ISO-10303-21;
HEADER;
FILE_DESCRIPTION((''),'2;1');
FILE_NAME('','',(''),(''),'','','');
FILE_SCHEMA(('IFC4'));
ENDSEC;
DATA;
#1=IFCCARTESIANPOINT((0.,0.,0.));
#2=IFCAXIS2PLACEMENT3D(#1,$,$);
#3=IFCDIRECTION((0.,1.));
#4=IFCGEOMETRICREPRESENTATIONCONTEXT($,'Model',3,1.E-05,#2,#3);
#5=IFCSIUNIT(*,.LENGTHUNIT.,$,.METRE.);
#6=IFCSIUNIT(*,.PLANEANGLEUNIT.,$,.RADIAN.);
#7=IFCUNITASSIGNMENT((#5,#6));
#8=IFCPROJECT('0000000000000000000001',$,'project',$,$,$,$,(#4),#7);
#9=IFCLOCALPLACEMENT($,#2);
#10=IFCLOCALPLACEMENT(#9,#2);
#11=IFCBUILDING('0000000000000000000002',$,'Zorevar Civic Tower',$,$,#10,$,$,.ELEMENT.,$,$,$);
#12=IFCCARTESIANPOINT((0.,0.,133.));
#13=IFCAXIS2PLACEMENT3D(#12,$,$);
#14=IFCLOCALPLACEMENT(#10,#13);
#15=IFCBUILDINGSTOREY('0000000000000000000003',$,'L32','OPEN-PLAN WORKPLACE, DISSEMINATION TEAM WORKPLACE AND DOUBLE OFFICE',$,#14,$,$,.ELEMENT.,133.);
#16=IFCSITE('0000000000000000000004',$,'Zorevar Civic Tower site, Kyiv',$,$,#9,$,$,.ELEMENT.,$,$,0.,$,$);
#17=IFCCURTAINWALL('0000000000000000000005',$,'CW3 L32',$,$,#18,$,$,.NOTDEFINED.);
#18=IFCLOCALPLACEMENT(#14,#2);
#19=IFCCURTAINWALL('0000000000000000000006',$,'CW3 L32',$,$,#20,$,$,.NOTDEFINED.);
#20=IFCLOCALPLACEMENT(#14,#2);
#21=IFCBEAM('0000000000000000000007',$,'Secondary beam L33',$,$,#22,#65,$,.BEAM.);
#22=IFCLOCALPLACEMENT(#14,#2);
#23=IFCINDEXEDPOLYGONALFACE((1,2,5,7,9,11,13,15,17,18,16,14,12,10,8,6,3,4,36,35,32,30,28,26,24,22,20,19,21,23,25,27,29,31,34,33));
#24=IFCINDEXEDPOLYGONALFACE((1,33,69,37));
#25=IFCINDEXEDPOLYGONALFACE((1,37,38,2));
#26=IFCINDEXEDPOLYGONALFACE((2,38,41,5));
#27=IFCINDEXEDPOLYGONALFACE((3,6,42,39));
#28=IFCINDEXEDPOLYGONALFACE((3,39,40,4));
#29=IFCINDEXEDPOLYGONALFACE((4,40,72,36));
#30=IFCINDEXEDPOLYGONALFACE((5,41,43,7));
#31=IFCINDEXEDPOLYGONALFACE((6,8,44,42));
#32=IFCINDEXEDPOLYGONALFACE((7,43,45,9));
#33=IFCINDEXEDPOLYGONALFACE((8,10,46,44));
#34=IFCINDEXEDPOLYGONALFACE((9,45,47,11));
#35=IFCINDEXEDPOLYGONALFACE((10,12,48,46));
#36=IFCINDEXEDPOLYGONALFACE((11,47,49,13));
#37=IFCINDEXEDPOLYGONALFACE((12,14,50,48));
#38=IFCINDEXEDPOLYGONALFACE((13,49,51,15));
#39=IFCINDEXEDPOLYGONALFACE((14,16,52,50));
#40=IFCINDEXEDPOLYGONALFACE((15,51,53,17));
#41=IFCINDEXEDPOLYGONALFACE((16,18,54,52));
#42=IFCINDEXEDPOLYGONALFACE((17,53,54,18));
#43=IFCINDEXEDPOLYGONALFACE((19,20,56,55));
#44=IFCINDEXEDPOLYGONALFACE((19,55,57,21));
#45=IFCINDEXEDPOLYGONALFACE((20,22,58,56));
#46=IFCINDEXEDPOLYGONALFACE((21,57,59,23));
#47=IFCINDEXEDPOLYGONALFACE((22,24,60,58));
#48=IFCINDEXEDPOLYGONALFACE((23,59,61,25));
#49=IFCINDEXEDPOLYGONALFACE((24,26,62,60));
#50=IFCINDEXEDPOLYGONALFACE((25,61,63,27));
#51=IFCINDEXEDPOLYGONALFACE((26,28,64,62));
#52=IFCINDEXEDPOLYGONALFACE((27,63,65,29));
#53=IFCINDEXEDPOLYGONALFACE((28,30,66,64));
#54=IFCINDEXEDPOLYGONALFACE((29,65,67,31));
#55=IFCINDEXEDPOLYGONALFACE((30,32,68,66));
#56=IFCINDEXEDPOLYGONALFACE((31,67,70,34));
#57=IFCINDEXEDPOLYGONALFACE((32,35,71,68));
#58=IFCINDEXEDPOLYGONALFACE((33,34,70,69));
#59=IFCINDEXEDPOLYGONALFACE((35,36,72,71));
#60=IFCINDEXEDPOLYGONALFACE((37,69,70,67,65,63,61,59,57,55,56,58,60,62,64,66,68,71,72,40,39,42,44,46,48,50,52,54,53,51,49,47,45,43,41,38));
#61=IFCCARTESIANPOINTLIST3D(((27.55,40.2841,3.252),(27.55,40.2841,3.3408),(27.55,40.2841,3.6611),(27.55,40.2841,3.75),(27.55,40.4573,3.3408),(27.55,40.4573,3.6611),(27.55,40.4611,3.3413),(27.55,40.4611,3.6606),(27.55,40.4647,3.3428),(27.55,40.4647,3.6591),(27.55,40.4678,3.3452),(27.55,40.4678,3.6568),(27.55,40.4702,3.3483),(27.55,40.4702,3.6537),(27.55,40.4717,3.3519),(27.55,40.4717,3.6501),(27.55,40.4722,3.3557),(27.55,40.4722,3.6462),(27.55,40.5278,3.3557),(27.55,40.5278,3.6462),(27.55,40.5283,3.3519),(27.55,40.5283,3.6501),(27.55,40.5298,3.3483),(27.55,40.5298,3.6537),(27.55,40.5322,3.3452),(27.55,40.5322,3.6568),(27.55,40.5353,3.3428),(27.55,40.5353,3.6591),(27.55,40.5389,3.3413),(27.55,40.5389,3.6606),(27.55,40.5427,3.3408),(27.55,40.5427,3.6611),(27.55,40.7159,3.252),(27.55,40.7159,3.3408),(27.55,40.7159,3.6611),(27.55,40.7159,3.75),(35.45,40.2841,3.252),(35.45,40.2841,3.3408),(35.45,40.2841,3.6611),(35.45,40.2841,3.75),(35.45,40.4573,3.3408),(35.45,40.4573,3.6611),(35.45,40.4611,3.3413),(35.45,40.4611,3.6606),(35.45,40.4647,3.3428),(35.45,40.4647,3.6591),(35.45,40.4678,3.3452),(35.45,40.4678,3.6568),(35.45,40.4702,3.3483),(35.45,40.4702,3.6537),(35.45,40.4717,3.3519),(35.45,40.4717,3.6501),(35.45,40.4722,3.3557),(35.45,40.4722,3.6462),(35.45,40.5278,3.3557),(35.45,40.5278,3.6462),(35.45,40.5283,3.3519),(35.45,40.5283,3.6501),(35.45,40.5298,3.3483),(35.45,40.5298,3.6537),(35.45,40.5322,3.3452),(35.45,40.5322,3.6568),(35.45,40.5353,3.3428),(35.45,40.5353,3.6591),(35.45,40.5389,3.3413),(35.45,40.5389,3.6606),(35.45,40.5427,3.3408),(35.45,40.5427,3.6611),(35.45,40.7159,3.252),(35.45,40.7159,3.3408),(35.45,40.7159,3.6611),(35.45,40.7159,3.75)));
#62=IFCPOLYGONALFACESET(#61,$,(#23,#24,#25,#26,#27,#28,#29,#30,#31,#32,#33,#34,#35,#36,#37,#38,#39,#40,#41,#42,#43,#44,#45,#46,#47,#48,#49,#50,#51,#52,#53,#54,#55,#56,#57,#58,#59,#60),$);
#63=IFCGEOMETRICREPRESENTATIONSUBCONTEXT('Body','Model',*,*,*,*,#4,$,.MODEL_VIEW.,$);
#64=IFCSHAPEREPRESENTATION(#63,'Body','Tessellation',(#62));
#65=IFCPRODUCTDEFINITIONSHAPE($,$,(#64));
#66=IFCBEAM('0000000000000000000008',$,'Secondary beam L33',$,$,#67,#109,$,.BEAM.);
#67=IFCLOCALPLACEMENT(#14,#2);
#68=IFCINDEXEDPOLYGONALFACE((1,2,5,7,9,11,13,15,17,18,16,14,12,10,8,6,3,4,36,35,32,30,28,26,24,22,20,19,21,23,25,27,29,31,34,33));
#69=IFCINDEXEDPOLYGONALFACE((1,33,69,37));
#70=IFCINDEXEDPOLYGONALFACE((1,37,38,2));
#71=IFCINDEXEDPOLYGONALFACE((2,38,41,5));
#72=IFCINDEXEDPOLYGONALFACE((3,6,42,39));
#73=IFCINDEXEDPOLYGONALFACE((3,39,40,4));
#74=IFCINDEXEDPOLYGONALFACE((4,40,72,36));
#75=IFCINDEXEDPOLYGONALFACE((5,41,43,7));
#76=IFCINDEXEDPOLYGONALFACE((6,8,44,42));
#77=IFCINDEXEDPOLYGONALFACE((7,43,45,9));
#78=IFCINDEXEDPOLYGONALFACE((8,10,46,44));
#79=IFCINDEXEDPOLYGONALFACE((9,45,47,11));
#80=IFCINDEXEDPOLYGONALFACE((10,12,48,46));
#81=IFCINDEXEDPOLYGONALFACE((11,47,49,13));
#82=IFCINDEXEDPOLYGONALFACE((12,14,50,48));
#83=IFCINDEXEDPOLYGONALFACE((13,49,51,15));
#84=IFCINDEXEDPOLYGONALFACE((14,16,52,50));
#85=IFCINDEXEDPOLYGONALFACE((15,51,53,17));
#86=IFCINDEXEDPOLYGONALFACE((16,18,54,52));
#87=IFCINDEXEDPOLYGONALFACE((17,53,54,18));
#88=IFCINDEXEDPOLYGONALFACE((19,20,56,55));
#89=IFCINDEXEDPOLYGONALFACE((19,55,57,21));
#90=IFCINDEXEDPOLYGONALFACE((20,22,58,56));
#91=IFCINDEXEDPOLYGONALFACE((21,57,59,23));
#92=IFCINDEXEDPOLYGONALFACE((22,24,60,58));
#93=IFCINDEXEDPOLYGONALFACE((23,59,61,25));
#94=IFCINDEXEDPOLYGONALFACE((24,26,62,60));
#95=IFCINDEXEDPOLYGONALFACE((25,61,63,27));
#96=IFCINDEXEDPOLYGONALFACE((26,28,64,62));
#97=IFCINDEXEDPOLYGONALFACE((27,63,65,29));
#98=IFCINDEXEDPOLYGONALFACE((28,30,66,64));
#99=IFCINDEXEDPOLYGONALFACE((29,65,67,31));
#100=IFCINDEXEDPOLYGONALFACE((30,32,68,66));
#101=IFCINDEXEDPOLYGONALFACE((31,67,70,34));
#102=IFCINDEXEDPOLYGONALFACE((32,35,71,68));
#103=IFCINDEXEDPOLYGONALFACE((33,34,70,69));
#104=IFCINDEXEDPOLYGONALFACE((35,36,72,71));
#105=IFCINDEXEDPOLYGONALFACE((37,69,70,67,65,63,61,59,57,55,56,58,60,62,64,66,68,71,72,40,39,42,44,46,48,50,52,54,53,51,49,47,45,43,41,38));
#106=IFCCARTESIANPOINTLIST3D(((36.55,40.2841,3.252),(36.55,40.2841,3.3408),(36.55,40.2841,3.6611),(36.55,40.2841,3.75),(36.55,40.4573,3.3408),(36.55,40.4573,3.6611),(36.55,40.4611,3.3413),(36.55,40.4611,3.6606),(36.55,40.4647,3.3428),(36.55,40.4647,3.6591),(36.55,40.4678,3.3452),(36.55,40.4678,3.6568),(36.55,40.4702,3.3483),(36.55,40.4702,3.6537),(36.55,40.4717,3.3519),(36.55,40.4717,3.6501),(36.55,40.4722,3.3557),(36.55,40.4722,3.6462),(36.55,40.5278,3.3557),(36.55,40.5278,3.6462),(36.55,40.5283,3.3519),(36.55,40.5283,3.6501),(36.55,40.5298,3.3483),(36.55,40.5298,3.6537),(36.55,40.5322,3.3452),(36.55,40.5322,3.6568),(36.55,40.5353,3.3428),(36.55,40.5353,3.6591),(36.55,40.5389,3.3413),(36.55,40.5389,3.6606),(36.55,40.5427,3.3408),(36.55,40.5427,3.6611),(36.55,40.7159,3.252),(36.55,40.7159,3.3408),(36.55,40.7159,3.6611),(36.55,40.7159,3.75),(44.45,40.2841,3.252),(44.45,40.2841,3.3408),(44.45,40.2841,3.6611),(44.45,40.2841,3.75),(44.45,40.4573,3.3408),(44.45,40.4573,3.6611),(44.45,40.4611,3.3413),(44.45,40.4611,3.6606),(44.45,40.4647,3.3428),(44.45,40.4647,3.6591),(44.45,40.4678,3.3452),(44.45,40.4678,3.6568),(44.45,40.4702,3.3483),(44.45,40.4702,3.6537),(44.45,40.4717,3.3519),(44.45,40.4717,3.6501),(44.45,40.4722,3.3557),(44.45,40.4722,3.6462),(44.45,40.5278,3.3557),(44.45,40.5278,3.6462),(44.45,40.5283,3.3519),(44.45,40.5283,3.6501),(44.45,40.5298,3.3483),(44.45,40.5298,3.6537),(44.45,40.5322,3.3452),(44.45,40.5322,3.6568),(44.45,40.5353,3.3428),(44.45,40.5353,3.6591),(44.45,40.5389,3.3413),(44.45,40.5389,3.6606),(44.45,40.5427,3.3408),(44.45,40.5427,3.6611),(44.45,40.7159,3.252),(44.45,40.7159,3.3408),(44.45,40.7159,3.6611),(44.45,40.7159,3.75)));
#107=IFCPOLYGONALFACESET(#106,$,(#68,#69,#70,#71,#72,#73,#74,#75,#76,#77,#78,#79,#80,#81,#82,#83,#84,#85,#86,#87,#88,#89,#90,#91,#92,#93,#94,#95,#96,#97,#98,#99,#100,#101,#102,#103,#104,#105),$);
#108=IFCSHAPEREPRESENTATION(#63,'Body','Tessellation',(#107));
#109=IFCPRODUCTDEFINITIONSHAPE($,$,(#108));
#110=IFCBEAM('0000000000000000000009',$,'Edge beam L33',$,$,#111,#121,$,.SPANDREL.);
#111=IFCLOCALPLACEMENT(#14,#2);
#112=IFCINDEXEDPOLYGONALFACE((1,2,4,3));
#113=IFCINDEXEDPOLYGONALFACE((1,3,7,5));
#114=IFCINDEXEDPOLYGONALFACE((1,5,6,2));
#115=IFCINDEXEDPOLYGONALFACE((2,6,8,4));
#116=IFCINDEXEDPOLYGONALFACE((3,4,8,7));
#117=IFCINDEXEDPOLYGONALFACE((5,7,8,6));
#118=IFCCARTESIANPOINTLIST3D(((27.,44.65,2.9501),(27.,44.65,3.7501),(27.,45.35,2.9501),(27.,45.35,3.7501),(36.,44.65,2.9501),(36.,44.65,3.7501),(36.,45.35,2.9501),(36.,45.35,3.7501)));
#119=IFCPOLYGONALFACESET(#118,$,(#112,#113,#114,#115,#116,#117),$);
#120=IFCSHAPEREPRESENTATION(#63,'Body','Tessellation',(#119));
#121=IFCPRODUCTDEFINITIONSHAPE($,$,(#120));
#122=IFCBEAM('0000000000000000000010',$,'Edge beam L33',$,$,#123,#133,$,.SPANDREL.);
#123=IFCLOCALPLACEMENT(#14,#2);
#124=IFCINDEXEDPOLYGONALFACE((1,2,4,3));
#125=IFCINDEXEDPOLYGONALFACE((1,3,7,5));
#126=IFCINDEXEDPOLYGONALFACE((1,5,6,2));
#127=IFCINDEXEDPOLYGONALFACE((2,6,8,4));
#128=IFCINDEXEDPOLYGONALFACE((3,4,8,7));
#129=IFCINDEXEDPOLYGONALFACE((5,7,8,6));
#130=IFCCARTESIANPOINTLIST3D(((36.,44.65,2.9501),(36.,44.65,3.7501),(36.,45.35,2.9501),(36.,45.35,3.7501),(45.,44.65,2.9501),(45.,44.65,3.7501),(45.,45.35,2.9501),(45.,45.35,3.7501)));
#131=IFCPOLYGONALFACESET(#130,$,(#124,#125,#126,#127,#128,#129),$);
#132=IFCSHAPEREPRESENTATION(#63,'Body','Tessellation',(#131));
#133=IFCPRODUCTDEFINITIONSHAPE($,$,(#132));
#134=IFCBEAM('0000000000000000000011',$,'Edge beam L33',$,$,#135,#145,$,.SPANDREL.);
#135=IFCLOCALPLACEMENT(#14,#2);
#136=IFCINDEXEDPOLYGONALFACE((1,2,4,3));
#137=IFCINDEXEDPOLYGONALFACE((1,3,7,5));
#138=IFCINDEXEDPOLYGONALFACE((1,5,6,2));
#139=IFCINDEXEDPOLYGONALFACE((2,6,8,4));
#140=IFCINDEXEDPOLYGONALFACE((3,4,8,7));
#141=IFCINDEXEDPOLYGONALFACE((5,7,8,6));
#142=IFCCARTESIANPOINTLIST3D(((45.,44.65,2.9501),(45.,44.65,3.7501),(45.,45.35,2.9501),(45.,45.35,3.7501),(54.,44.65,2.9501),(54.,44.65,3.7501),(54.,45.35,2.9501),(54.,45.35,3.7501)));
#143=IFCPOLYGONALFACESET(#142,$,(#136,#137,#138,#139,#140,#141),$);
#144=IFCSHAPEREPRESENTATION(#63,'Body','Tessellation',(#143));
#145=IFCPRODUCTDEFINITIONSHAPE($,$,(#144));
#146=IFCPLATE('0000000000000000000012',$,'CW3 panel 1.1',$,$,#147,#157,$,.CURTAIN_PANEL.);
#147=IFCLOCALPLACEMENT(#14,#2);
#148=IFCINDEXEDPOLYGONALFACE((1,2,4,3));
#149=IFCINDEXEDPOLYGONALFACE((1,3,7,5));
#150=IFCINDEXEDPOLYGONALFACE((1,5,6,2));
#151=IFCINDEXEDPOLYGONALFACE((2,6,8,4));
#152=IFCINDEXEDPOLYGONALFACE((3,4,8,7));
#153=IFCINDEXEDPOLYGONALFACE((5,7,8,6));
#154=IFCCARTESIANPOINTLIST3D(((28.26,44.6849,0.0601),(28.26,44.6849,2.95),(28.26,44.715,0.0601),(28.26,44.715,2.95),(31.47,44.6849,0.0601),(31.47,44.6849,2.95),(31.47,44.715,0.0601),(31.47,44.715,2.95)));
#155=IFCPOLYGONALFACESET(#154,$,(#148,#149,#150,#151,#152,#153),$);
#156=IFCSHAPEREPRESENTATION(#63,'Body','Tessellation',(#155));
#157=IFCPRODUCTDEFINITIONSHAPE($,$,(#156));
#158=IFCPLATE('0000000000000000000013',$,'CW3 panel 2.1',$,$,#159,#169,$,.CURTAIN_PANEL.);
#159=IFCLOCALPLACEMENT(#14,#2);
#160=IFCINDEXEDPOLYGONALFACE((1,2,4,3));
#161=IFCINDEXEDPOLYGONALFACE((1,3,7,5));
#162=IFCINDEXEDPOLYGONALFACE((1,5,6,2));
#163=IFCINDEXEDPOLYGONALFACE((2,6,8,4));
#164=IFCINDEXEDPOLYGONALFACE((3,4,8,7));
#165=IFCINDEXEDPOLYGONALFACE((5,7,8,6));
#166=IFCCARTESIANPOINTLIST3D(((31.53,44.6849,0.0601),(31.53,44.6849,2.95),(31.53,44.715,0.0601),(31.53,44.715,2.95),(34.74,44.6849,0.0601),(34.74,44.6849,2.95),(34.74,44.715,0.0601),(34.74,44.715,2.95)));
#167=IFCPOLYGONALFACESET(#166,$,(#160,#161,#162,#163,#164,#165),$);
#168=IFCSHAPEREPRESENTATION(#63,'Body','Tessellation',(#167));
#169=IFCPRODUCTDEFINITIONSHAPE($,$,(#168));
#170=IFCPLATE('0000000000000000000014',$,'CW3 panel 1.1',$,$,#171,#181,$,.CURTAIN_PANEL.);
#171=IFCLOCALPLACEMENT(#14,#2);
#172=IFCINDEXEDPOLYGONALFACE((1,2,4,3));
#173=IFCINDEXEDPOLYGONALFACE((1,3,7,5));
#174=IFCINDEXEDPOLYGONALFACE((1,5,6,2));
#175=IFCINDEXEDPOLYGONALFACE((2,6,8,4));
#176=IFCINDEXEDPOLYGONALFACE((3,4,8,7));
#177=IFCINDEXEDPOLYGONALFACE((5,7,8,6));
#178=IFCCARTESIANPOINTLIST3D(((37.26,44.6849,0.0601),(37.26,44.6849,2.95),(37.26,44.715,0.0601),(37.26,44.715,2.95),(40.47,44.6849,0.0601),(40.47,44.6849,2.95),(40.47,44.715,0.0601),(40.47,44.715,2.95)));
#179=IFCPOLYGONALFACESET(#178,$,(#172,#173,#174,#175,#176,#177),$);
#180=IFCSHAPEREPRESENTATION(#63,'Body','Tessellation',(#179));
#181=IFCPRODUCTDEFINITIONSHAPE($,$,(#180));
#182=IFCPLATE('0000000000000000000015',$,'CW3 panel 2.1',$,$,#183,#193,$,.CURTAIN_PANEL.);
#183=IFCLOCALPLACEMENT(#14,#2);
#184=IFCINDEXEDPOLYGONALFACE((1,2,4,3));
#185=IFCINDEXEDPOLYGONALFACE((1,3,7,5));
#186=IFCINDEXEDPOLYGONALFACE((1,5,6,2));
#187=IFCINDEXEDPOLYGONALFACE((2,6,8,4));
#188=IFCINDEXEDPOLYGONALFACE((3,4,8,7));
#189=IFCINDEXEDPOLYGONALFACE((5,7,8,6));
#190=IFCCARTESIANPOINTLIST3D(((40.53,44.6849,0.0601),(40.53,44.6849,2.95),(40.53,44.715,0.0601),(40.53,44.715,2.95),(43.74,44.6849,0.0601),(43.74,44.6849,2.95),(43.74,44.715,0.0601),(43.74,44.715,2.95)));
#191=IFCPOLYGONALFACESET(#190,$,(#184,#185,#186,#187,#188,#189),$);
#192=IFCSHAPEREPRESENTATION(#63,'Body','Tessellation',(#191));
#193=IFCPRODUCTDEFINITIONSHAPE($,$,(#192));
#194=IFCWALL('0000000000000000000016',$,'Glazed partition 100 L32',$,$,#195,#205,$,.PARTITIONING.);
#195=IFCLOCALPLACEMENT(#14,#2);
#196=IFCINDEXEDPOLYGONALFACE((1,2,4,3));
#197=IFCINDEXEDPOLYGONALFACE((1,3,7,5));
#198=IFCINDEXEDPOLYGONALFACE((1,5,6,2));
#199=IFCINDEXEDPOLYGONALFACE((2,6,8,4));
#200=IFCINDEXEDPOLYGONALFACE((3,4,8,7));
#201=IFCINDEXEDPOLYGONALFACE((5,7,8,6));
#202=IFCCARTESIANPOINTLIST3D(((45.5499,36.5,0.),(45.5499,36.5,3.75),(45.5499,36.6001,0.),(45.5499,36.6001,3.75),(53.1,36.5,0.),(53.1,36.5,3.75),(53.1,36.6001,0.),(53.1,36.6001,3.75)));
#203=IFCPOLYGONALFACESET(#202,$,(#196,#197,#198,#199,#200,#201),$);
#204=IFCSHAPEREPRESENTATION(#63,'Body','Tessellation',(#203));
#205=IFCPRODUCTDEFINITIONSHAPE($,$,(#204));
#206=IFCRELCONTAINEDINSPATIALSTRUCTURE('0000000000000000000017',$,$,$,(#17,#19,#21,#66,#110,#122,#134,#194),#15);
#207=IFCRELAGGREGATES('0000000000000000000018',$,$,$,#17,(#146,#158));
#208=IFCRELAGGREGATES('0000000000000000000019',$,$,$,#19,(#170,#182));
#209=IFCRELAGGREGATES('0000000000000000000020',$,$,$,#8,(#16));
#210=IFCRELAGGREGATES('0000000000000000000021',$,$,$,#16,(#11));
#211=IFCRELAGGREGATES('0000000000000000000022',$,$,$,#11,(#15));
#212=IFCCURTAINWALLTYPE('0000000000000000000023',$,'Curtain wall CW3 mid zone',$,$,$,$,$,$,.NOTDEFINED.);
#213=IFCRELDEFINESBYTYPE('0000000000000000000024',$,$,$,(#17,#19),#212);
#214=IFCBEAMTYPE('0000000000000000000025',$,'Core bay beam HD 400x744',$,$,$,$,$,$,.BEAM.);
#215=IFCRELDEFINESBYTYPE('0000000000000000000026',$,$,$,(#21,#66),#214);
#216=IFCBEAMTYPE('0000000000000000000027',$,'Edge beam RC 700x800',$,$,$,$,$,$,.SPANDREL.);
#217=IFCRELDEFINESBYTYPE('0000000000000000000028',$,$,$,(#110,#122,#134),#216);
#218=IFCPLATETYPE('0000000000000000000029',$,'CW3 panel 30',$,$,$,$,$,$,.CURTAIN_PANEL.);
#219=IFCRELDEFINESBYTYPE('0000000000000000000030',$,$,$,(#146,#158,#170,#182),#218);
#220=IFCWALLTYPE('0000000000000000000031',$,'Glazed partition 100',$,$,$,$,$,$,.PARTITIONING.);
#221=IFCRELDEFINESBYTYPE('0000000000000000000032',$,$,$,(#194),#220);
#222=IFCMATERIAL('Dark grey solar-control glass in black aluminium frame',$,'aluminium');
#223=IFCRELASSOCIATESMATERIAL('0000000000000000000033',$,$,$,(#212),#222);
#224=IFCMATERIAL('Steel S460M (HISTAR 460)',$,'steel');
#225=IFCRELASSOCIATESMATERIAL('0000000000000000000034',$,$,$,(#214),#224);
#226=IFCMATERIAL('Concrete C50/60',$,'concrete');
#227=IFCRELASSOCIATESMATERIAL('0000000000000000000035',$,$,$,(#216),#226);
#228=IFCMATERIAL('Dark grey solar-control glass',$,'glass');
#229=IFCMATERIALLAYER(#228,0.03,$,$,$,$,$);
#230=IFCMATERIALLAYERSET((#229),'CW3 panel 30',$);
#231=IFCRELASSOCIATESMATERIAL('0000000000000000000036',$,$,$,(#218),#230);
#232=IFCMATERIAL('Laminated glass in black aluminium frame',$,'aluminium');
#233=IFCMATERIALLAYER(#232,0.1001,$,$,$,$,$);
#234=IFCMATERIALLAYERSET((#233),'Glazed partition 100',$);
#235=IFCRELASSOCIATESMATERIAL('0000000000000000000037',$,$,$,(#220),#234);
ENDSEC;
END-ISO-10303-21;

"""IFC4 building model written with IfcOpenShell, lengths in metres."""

from ifc_helpers import new_model, si_unit, direction, frame, frame_2d, origin, origin_2d, place, context, subcontext, project, spatial, rectangle, i_section, extrude, material, layer, layer_set, material_profile, profile_set, type_object, element, aggregate, save


model = new_model("IFC4")

# Units and contexts
model_context = context("Model", 3, precision=1e-05, world=origin(), true_north=direction((0.0, 1.0)))
body_context = subcontext(model_context, "Body", "Model", "MODEL_VIEW")
ifc_project = project(units=[si_unit("LENGTHUNIT", "METRE"), si_unit("PLANEANGLEUNIT", "RADIAN")], contexts=[model_context])

# Site, building, storey
site_placement = place(None, origin())
site = spatial("IfcSite", under=ifc_project, at=site_placement, Name="Zorevar Civic Tower site, Kyiv", CompositionType="ELEMENT", RefElevation=0.0)
building_placement = place(site_placement, origin())
building = spatial("IfcBuilding", under=site, at=building_placement, Name="Zorevar Civic Tower", CompositionType="ELEMENT")
storey_placement = place(building_placement, frame((0.0, 0.0, 133.0)))
storey = spatial("IfcBuildingStorey", under=building, at=storey_placement, Name="L32", Description="OPEN-PLAN WORKPLACE, DISSEMINATION TEAM WORKPLACE AND DOUBLE OFFICE", CompositionType="ELEMENT", Elevation=133.0)

# Curtain walls
ifc_material_1 = material(Name="Dark grey solar-control glass in black aluminium frame", Category="aluminium")
curtain_wall_type = type_object("IfcCurtainWallType", Name="Curtain wall CW3 mid zone", PredefinedType="NOTDEFINED", material=ifc_material_1)
curtain_wall_1_placement = place(storey_placement, origin())
curtain_wall_1 = element("IfcCurtainWall", 1, at=curtain_wall_1_placement, inside=storey, type_object=curtain_wall_type, Name="CW3 L32", PredefinedType="NOTDEFINED")
curtain_wall_2_placement = place(storey_placement, origin())
curtain_wall_2 = element("IfcCurtainWall", 2, at=curtain_wall_2_placement, inside=storey, type_object=curtain_wall_type, Name="CW3 L32", PredefinedType="NOTDEFINED")

# Beams
ifc_material_2 = material(Name="Steel S460M (HISTAR 460)", Category="steel")
ifc_material_profile_1 = material_profile(ifc_material_2, i_section(OverallWidth=0.4319, OverallDepth=0.498, WebThickness=0.0557, FlangeThickness=0.0889, FilletRadius=0.0149, at=origin_2d()), Name="HD 400x744")
ifc_profile_set_1 = profile_set([ifc_material_profile_1], Name="Steel S460M (HISTAR 460)")
beam_type_1 = type_object("IfcBeamType", Name="Core bay beam HD 400x744", PredefinedType="BEAM", material=ifc_profile_set_1)
for number, where, z_axis, x_axis, name in (
    (3, (27.55, 40.5, 3.501), (1.0, 0.0, 0.0), (0.0, 1.0, 0.0), "Secondary beam L33"),
    (4, (36.55, 40.5, 3.501), (1.0, 0.0, 0.0), (0.0, 1.0, 0.0), "Secondary beam L33"),
):
    element("IfcBeam", number, at=place(storey_placement, frame(where, z_axis=z_axis, x_axis=x_axis)), inside=storey, type_object=beam_type_1, Name=name, PredefinedType="BEAM", context=body_context, shape_type="SweptSolid", body=[
        extrude(i_section(OverallWidth=0.4319, OverallDepth=0.498, WebThickness=0.0557, FlangeThickness=0.0889, FilletRadius=0.0149, at=origin_2d()), origin(), (0.0, 0.0, 1.0), 7.8999),
    ])
ifc_material_3 = material(Name="Concrete C50/60", Category="concrete")
ifc_material_profile_2 = material_profile(ifc_material_3, rectangle(XDim=0.7, YDim=0.8, at=origin_2d()), Name="RC 700x800")
ifc_profile_set_2 = profile_set([ifc_material_profile_2], Name="Concrete C50/60")
beam_type_2 = type_object("IfcBeamType", Name="Edge beam RC 700x800", PredefinedType="SPANDREL", material=ifc_profile_set_2)
for number, where, z_axis, x_axis, name in (
    (5, (27.0, 45.0, 3.3501), (1.0, 0.0, 0.0), (0.0, 1.0, 0.0), "Edge beam L33"),
    (6, (36.0, 45.0, 3.3501), (1.0, 0.0, 0.0), (0.0, 1.0, 0.0), "Edge beam L33"),
    (7, (45.0, 45.0, 3.3501), (1.0, 0.0, 0.0), (0.0, 1.0, 0.0), "Edge beam L33"),
):
    element("IfcBeam", number, at=place(storey_placement, frame(where, z_axis=z_axis, x_axis=x_axis)), inside=storey, type_object=beam_type_2, Name=name, PredefinedType="SPANDREL", context=body_context, shape_type="SweptSolid", body=[
        extrude(rectangle(XDim=0.7, YDim=0.8, at=origin_2d()), origin(), (0.0, 0.0, 1.0), 9.0),
    ])

# Plates
ifc_material_4 = material(Name="Dark grey solar-control glass", Category="glass")
ifc_layer_1 = layer(ifc_material_4, 0.03)
ifc_layer_set_1 = layer_set([ifc_layer_1], Name="CW3 panel 30")
plate_type = type_object("IfcPlateType", Name="CW3 panel 30", PredefinedType="CURTAIN_PANEL", material=ifc_layer_set_1)
plate_1_placement = place(storey_placement, frame((29.865, 44.7, 0.0601), z_axis=(0.0, 0.0, 1.0), x_axis=(1.0, 0.0, 0.0)))
plate_1 = element("IfcPlate", 8, at=plate_1_placement, type_object=plate_type, Name="CW3 panel 1.1", PredefinedType="CURTAIN_PANEL", context=body_context, shape_type="SweptSolid", body=[
    extrude(rectangle(XDim=3.21, YDim=0.03, at=origin_2d()), origin(), (0.0, 0.0, 1.0), 2.8899),
])
plate_2_placement = place(storey_placement, frame((33.135, 44.7, 0.0601), z_axis=(0.0, 0.0, 1.0), x_axis=(1.0, 0.0, 0.0)))
plate_2 = element("IfcPlate", 9, at=plate_2_placement, type_object=plate_type, Name="CW3 panel 2.1", PredefinedType="CURTAIN_PANEL", context=body_context, shape_type="SweptSolid", body=[
    extrude(rectangle(XDim=3.21, YDim=0.03, at=origin_2d()), origin(), (0.0, 0.0, 1.0), 2.8899),
])
aggregate(curtain_wall_1, [plate_1, plate_2])
plate_3_placement = place(storey_placement, frame((38.865, 44.7, 0.0601), z_axis=(0.0, 0.0, 1.0), x_axis=(1.0, 0.0, 0.0)))
plate_3 = element("IfcPlate", 10, at=plate_3_placement, type_object=plate_type, Name="CW3 panel 1.1", PredefinedType="CURTAIN_PANEL", context=body_context, shape_type="SweptSolid", body=[
    extrude(rectangle(XDim=3.21, YDim=0.03, at=origin_2d()), origin(), (0.0, 0.0, 1.0), 2.8899),
])
plate_4_placement = place(storey_placement, frame((42.135, 44.7, 0.0601), z_axis=(0.0, 0.0, 1.0), x_axis=(1.0, 0.0, 0.0)))
plate_4 = element("IfcPlate", 11, at=plate_4_placement, type_object=plate_type, Name="CW3 panel 2.1", PredefinedType="CURTAIN_PANEL", context=body_context, shape_type="SweptSolid", body=[
    extrude(rectangle(XDim=3.21, YDim=0.03, at=origin_2d()), origin(), (0.0, 0.0, 1.0), 2.8899),
])
aggregate(curtain_wall_2, [plate_3, plate_4])

# Wall
ifc_material_5 = material(Name="Laminated glass in black aluminium frame", Category="aluminium")
ifc_layer_2 = layer(ifc_material_5, 0.1001)
ifc_layer_set_2 = layer_set([ifc_layer_2], Name="Glazed partition 100")
wall_type_1 = type_object("IfcWallType", Name="Glazed partition 100", PredefinedType="PARTITIONING", material=ifc_layer_set_2)
wall_1_placement = place(storey_placement, frame((45.55, 36.55, 0.0), z_axis=(0.0, 0.0, 1.0), x_axis=(1.0, 0.0, 0.0)))
element("IfcWall", 12, at=wall_1_placement, inside=storey, type_object=wall_type_1, Name="Glazed partition 100 L32", PredefinedType="PARTITIONING", context=body_context, shape_type="SweptSolid", body=[
    extrude(rectangle(XDim=7.55, YDim=0.1001, at=frame_2d((3.7749, 0.0))), origin(), (0.0, 0.0, 1.0), 3.75),
])

save(model, "model.ifc")
